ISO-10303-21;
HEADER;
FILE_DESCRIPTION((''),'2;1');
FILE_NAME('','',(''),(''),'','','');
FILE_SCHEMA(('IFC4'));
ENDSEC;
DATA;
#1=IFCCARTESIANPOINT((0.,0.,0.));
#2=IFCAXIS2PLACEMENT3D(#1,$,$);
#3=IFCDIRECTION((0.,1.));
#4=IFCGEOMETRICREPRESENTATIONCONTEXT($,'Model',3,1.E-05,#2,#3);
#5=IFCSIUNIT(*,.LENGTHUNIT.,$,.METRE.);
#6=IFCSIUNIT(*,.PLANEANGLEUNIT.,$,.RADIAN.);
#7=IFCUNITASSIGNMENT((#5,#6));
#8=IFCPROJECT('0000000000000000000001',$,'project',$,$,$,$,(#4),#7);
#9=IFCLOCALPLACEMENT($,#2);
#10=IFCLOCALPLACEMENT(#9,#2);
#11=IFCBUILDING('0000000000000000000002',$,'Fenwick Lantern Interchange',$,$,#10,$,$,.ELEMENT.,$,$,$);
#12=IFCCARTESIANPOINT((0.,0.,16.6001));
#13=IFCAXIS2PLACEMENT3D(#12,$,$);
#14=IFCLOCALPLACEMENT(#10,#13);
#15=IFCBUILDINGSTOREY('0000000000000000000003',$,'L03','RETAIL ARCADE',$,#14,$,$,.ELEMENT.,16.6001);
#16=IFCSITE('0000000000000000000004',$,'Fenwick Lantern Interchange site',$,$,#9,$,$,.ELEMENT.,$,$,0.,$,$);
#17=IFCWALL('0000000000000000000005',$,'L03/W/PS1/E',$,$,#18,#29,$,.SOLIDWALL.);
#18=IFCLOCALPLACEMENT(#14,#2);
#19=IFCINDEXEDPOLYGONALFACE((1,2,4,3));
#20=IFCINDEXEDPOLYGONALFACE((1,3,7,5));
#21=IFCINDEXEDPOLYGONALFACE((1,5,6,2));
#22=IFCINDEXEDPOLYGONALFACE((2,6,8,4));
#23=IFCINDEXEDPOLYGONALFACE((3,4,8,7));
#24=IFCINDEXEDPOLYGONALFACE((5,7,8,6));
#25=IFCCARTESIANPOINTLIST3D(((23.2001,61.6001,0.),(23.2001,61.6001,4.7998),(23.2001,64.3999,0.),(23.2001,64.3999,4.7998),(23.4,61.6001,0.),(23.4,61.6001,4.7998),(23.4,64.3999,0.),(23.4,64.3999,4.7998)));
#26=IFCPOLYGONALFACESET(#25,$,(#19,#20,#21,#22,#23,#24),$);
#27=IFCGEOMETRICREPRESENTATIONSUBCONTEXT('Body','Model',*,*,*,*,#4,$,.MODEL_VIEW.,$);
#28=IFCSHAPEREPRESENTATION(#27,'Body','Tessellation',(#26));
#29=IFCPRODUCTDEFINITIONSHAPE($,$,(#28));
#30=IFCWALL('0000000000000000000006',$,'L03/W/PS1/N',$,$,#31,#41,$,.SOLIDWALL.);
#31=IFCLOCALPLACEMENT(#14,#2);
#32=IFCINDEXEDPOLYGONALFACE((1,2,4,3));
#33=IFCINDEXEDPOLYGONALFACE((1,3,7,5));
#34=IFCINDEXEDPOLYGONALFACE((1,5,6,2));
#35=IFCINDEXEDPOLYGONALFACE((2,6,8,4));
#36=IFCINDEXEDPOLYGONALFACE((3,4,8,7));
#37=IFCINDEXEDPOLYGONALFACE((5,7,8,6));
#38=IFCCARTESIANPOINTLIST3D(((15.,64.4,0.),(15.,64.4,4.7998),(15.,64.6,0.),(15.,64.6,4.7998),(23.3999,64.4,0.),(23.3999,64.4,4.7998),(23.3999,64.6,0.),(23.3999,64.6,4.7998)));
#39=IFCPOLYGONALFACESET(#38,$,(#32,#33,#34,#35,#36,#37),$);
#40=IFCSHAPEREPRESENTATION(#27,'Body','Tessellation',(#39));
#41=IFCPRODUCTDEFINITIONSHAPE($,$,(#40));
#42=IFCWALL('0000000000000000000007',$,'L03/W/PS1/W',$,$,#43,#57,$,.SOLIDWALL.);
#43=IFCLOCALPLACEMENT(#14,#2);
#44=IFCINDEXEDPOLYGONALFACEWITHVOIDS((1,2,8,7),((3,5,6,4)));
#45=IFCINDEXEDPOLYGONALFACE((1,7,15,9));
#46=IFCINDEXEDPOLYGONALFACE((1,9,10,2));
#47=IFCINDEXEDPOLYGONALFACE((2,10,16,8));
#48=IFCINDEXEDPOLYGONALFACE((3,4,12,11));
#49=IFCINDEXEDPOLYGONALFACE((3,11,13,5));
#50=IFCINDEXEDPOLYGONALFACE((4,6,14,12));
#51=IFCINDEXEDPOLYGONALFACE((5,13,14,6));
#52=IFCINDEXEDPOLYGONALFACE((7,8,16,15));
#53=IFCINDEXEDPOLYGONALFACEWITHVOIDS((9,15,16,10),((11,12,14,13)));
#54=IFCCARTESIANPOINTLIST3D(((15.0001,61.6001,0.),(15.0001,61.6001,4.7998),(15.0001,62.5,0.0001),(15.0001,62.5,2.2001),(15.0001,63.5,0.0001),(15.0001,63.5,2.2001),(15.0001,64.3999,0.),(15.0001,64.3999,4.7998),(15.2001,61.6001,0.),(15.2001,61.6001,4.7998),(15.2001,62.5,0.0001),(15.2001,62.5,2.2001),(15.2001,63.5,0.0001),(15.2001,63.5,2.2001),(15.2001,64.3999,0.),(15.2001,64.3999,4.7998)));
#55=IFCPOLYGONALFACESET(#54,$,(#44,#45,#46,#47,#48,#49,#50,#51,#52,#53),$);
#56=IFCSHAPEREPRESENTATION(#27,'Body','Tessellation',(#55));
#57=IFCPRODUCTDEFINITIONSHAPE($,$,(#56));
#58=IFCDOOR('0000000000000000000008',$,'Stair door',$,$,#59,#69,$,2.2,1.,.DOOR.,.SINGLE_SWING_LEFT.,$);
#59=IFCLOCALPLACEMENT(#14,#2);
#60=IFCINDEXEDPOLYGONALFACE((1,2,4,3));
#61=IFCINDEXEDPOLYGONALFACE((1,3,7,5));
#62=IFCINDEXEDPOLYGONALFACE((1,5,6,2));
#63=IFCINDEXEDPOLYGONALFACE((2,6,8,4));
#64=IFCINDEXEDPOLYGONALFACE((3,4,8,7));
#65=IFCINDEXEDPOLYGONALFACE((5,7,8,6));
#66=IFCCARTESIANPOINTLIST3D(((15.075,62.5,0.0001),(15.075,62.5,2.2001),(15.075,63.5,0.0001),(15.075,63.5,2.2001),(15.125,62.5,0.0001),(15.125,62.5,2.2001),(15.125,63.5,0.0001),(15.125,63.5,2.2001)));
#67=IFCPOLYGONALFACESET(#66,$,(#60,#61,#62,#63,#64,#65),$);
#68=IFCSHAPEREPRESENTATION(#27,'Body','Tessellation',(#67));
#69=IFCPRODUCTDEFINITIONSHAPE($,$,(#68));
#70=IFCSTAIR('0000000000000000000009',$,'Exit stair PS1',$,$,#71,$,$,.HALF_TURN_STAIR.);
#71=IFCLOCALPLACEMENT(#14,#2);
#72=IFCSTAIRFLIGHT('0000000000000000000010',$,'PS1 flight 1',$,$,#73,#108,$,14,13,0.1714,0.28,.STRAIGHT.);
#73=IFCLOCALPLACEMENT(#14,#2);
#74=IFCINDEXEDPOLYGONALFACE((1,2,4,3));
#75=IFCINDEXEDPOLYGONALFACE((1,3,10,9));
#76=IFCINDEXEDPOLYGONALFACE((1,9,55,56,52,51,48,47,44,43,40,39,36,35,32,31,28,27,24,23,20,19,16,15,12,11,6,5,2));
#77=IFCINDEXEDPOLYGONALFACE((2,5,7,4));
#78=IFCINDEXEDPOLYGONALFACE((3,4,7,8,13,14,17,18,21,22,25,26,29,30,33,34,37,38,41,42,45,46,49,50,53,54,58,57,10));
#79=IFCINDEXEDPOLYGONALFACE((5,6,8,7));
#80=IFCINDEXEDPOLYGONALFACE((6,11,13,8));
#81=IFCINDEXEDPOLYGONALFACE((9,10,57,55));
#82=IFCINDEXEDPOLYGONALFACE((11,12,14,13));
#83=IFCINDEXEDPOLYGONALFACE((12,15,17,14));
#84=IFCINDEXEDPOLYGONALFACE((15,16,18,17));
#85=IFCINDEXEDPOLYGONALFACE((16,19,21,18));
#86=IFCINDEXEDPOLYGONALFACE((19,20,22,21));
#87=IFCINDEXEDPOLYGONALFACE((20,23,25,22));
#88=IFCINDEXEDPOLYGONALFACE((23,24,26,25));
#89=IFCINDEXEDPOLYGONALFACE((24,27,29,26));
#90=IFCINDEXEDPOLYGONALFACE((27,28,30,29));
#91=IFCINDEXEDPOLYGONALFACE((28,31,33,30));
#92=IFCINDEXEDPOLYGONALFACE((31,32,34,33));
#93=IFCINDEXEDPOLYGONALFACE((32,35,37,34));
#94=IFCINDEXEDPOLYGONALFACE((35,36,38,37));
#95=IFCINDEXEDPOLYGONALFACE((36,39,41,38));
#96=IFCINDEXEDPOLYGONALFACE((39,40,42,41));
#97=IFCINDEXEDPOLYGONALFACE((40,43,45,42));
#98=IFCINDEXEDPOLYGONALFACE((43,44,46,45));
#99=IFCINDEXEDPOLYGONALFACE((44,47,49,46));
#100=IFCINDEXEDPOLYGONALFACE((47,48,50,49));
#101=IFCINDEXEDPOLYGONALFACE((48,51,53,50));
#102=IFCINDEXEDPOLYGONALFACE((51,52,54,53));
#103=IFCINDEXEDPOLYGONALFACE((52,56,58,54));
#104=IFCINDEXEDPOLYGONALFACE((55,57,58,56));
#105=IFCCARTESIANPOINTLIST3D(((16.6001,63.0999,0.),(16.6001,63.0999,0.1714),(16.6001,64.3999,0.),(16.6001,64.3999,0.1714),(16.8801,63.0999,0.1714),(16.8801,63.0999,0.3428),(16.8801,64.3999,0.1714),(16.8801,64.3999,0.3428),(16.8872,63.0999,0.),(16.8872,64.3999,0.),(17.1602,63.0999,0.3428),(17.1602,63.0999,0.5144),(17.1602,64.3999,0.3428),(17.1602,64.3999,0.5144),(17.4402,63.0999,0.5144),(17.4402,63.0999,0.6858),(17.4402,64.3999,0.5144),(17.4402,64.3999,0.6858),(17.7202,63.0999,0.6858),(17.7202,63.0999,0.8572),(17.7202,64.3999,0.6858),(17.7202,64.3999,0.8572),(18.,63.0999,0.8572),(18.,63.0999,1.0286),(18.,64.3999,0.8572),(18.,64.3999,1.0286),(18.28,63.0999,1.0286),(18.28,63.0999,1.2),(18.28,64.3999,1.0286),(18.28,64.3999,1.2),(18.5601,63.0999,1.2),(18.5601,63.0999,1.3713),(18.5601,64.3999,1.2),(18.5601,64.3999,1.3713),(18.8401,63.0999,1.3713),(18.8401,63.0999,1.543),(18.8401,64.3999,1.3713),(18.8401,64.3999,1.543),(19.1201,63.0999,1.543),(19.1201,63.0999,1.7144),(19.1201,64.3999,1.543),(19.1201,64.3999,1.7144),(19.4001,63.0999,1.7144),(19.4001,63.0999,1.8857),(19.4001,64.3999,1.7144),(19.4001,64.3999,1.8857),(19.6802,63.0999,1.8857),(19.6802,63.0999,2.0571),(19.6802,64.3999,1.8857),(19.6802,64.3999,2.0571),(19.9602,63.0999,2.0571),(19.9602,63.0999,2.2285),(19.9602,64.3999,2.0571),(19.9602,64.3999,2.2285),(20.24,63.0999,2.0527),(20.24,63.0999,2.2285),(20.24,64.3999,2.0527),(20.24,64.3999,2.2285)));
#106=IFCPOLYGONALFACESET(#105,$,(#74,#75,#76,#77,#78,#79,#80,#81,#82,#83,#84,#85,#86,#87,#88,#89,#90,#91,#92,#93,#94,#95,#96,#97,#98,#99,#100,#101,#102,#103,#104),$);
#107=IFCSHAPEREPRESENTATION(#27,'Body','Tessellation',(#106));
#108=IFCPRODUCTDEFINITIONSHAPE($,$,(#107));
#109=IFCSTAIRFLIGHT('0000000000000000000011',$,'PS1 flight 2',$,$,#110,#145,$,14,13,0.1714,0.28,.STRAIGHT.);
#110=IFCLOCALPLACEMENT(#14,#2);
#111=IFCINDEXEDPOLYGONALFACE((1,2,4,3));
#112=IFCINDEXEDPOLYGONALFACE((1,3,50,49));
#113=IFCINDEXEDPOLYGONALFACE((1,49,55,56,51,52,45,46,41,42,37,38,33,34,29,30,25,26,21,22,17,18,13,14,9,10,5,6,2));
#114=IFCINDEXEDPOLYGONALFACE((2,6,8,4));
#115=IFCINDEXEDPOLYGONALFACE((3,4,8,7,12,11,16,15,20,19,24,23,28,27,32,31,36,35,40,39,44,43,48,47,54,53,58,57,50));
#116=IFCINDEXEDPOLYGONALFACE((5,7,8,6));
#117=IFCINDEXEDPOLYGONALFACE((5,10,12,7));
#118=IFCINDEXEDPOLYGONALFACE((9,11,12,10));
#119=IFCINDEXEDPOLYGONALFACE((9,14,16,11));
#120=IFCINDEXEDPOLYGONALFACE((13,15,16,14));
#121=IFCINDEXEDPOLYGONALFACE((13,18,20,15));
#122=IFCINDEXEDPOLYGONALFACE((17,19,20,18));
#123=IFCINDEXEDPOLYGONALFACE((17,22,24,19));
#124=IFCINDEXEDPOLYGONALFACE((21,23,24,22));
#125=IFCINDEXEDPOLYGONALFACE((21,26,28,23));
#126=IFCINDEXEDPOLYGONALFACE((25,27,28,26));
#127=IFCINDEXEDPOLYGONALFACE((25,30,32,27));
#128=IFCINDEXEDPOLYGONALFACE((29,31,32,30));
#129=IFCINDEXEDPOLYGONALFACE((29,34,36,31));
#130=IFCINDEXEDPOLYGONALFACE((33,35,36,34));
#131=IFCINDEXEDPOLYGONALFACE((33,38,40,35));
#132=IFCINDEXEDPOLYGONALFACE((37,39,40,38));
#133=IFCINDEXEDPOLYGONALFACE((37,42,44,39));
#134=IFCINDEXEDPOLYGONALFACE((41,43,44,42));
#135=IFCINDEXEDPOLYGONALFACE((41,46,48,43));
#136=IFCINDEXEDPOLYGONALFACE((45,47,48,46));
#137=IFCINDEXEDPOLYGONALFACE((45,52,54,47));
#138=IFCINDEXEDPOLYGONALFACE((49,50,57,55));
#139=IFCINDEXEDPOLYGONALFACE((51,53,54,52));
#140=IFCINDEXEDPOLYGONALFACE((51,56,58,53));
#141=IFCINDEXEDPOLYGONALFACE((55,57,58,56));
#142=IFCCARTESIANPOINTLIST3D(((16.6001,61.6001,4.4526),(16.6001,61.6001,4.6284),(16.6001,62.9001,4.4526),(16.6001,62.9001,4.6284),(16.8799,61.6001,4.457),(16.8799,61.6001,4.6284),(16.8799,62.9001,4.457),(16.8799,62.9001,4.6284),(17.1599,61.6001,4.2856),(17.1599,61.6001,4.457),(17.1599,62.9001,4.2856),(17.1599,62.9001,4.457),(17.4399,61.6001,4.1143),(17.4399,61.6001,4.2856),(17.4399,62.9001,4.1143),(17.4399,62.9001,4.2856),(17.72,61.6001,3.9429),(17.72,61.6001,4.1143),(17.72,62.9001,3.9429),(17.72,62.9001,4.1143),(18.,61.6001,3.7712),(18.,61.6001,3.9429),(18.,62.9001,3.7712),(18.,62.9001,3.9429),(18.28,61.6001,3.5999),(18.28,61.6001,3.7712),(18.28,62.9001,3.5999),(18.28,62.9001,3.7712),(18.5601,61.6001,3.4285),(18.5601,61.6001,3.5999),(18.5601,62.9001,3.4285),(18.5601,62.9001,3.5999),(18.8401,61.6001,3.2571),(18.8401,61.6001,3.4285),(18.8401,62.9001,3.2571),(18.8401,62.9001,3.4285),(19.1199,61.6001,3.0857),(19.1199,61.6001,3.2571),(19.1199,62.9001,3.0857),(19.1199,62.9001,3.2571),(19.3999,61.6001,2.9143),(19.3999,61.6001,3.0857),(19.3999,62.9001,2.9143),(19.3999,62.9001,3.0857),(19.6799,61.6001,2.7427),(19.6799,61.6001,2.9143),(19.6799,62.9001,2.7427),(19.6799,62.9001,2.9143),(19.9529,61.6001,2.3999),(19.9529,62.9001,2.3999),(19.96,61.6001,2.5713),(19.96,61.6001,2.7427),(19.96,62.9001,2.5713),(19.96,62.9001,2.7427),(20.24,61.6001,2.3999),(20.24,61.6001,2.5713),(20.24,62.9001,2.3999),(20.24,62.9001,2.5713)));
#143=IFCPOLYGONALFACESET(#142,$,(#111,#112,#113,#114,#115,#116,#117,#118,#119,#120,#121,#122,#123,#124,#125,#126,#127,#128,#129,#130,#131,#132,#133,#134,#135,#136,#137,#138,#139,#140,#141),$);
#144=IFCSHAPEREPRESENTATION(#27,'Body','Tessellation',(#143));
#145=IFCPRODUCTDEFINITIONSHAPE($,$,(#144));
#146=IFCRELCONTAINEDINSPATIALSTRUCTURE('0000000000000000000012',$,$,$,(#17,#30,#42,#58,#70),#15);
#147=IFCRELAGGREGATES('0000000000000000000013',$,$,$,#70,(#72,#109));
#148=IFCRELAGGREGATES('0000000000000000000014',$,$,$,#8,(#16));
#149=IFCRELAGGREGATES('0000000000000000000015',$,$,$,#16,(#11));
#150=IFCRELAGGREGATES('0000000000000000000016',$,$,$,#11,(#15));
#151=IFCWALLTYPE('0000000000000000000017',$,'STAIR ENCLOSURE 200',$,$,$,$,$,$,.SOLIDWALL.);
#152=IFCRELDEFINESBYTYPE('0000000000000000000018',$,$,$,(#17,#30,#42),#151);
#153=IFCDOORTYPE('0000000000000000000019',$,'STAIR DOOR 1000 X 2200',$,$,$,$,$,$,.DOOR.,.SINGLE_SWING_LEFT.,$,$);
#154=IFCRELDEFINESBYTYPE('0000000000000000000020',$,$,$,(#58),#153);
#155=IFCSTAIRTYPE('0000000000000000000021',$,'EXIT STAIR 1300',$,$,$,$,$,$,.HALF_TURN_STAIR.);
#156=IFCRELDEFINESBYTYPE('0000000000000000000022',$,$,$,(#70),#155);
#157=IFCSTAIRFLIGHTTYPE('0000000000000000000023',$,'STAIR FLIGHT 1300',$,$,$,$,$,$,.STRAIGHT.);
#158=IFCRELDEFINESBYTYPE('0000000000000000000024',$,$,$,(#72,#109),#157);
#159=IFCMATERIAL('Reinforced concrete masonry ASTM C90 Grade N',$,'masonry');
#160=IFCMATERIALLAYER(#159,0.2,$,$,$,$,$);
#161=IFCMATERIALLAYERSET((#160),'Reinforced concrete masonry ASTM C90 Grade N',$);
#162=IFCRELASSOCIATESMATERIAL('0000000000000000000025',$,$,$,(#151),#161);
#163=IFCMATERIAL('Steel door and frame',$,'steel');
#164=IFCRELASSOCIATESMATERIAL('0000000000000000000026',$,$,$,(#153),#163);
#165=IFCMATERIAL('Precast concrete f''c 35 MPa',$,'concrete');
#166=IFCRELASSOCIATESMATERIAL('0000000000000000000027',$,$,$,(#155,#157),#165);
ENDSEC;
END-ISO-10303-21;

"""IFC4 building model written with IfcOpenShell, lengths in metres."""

from ifc_helpers import new_model, si_unit, direction, frame, frame_2d, origin, place, context, subcontext, project, spatial, polyline, rectangle, outline, extrude, material, layer, layer_set, type_object, element, fill, aggregate, save


model = new_model("IFC4")

# Units and contexts
model_context = context("Model", 3, precision=1e-05, world=origin(), true_north=direction((0.0, 1.0)))
body_context = subcontext(model_context, "Body", "Model", "MODEL_VIEW")
ifc_project = project(units=[si_unit("LENGTHUNIT", "METRE"), si_unit("PLANEANGLEUNIT", "RADIAN")], contexts=[model_context])

# Site, building, storey
site_placement = place(None, origin())
site = spatial("IfcSite", under=ifc_project, at=site_placement, Name="Fenwick Lantern Interchange site", CompositionType="ELEMENT", RefElevation=0.0)
building_placement = place(site_placement, origin())
building = spatial("IfcBuilding", under=site, at=building_placement, Name="Fenwick Lantern Interchange", CompositionType="ELEMENT")
storey_placement = place(building_placement, frame((0.0, 0.0, 16.6001)))
storey = spatial("IfcBuildingStorey", under=building, at=storey_placement, Name="L03", Description="RETAIL ARCADE", CompositionType="ELEMENT", Elevation=16.6001)

# Walls
ifc_material_1 = material(Name="Reinforced concrete masonry ASTM C90 Grade N", Category="masonry")
ifc_layer_1 = layer(ifc_material_1, 0.2)
ifc_layer_set_1 = layer_set([ifc_layer_1], Name="Reinforced concrete masonry ASTM C90 Grade N")
wall_type_1 = type_object("IfcWallType", Name="STAIR ENCLOSURE 200", PredefinedType="SOLIDWALL", material=ifc_layer_set_1)
wall_1_placement = place(storey_placement, frame((23.3, 61.6001, 0.0), z_axis=(0.0, 0.0, 1.0), x_axis=(0.0, 1.0, 0.0)))
element("IfcWall", 1, at=wall_1_placement, inside=storey, type_object=wall_type_1, Name="L03/W/PS1/E", PredefinedType="SOLIDWALL", context=body_context, shape_type="SweptSolid", body=[
    extrude(rectangle(XDim=2.7998, YDim=0.2, at=frame_2d((1.3999, 0.0))), origin(), (0.0, 0.0, 1.0), 4.7998),
])
wall_2_placement = place(storey_placement, frame((23.3999, 64.5, 0.0), z_axis=(0.0, 0.0, 1.0), x_axis=(-1.0, 0.0, 0.0)))
element("IfcWall", 2, at=wall_2_placement, inside=storey, type_object=wall_type_1, Name="L03/W/PS1/N", PredefinedType="SOLIDWALL", context=body_context, shape_type="SweptSolid", body=[
    extrude(rectangle(XDim=8.3999, YDim=0.2, at=frame_2d((4.2, 0.0))), origin(), (0.0, 0.0, 1.0), 4.7998),
])

# Wall, opening, door
wall_3_placement = place(storey_placement, frame((15.1001, 64.3999, 0.0), z_axis=(0.0, 0.0, 1.0), x_axis=(0.0, -1.0, 0.0)))
wall_3 = element("IfcWall", 3, at=wall_3_placement, inside=storey, type_object=wall_type_1, Name="L03/W/PS1/W", PredefinedType="SOLIDWALL", context=body_context, shape_type="SweptSolid", body=[
    extrude(rectangle(XDim=2.7998, YDim=0.2, at=frame_2d((1.3999, 0.0))), origin(), (0.0, 0.0, 1.0), 4.7998),
])
opening_placement = place(wall_3_placement, frame((0.8999, 0.0, 0.0)))
opening = element("IfcOpeningElement", 4, at=opening_placement, cuts=wall_3, PredefinedType="OPENING", context=body_context, shape_type="SweptSolid", body=[
    extrude(rectangle(XDim=1.0, YDim=2.2, at=frame_2d((0.5, 1.1001))), frame((0.0, 0.1099, 0.0), z_axis=(0.0, -1.0, 0.0), x_axis=(1.0, 0.0, 0.0)), (0.0, 0.0, 1.0), 0.22),
])
ifc_material_2 = material(Name="Steel door and frame", Category="steel")
door_type = type_object("IfcDoorType", Name="STAIR DOOR 1000 X 2200", OperationType="SINGLE_SWING_LEFT", PredefinedType="DOOR", material=ifc_material_2)
door_placement = place(opening_placement, origin())
door = element("IfcDoor", 5, at=door_placement, inside=storey, type_object=door_type, Name="Stair door", OperationType="SINGLE_SWING_LEFT", OverallHeight=2.2, OverallWidth=1.0, PredefinedType="DOOR", context=body_context, shape_type="SweptSolid", body=[
    extrude(rectangle(XDim=1.0, YDim=2.2, at=frame_2d((0.5, 1.1001))), frame((0.0, 0.0249, 0.0), z_axis=(0.0, -1.0, 0.0), x_axis=(1.0, 0.0, 0.0)), (0.0, 0.0, 1.0), 0.05),
])
fill(opening, door)

# Stair, stair flights
ifc_material_3 = material(Name="Precast concrete f'c 35 MPa", Category="concrete")
stair_type = type_object("IfcStairType", Name="EXIT STAIR 1300", PredefinedType="HALF_TURN_STAIR", material=ifc_material_3)
stair_placement = place(storey_placement, origin())
stair = element("IfcStair", 6, at=stair_placement, inside=storey, type_object=stair_type, Name="Exit stair PS1", PredefinedType="HALF_TURN_STAIR")
stair_flight_type = type_object("IfcStairFlightType", Name="STAIR FLIGHT 1300", PredefinedType="STRAIGHT", material=ifc_material_3)
stair_flight_1_placement = place(storey_placement, frame((16.6001, 63.75, 0.0), z_axis=(0.0, 0.0, 1.0), x_axis=(1.0, 0.0, 0.0)))
stair_flight_1 = element("IfcStairFlight", 7, at=stair_flight_1_placement, type_object=stair_flight_type, Name="PS1 flight 1", NumberOfRisers=14, NumberOfTreads=13, PredefinedType="STRAIGHT", RiserHeight=0.1714, TreadLength=0.28, context=body_context, shape_type="SweptSolid", body=[
    extrude(outline(polyline([(0.0, 0.0), (0.0, 0.1714), (0.28, 0.1714), (0.28, 0.3428), (0.5601, 0.3428), (0.5601, 0.5144), (0.8401, 0.5144), (0.8401, 0.6858), (1.1201, 0.6858), (1.1201, 0.8572), (1.3999, 0.8572), (1.3999, 1.0286), (1.6799, 1.0286), (1.6799, 1.2), (1.96, 1.2), (1.96, 1.3713), (2.24, 1.3713), (2.24, 1.543), (2.52, 1.543), (2.52, 1.7144), (2.8, 1.7144), (2.8, 1.8857), (3.0801, 1.8857), (3.0801, 2.0571), (3.3601, 2.0571), (3.3601, 2.2285), (3.6399, 2.2285), (3.6399, 2.3999), (3.6399, 2.0527), (0.2871, 0.0), (0.0, 0.0)])), frame((0.0, 0.6499, 0.0), z_axis=(0.0, -1.0, 0.0), x_axis=(1.0, 0.0, 0.0)), (0.0, 0.0, 1.0), 1.3),
])
stair_flight_2_placement = place(storey_placement, frame((20.24, 62.25, 2.3999), z_axis=(0.0, 0.0, 1.0), x_axis=(-1.0, 0.0, 0.0)))
stair_flight_2 = element("IfcStairFlight", 8, at=stair_flight_2_placement, type_object=stair_flight_type, Name="PS1 flight 2", NumberOfRisers=14, NumberOfTreads=13, PredefinedType="STRAIGHT", RiserHeight=0.1714, TreadLength=0.28, context=body_context, shape_type="SweptSolid", body=[
    extrude(outline(polyline([(0.0, 0.0), (0.0, 0.1714), (0.28, 0.1714), (0.28, 0.3428), (0.5601, 0.3428), (0.5601, 0.5144), (0.8401, 0.5144), (0.8401, 0.6858), (1.1201, 0.6858), (1.1201, 0.8572), (1.3999, 0.8572), (1.3999, 1.0286), (1.6799, 1.0286), (1.6799, 1.2), (1.96, 1.2), (1.96, 1.3713), (2.24, 1.3713), (2.24, 1.543), (2.52, 1.543), (2.52, 1.7144), (2.8, 1.7144), (2.8, 1.8857), (3.0801, 1.8857), (3.0801, 2.0571), (3.3601, 2.0571), (3.3601, 2.2285), (3.6399, 2.2285), (3.6399, 2.3999), (3.6399, 2.0527), (0.2871, 0.0), (0.0, 0.0)])), frame((0.0, 0.6499, 0.0), z_axis=(0.0, -1.0, 0.0), x_axis=(1.0, 0.0, 0.0)), (0.0, 0.0, 1.0), 1.3),
])
aggregate(stair, [stair_flight_1, stair_flight_2])

save(model, "model.ifc")
